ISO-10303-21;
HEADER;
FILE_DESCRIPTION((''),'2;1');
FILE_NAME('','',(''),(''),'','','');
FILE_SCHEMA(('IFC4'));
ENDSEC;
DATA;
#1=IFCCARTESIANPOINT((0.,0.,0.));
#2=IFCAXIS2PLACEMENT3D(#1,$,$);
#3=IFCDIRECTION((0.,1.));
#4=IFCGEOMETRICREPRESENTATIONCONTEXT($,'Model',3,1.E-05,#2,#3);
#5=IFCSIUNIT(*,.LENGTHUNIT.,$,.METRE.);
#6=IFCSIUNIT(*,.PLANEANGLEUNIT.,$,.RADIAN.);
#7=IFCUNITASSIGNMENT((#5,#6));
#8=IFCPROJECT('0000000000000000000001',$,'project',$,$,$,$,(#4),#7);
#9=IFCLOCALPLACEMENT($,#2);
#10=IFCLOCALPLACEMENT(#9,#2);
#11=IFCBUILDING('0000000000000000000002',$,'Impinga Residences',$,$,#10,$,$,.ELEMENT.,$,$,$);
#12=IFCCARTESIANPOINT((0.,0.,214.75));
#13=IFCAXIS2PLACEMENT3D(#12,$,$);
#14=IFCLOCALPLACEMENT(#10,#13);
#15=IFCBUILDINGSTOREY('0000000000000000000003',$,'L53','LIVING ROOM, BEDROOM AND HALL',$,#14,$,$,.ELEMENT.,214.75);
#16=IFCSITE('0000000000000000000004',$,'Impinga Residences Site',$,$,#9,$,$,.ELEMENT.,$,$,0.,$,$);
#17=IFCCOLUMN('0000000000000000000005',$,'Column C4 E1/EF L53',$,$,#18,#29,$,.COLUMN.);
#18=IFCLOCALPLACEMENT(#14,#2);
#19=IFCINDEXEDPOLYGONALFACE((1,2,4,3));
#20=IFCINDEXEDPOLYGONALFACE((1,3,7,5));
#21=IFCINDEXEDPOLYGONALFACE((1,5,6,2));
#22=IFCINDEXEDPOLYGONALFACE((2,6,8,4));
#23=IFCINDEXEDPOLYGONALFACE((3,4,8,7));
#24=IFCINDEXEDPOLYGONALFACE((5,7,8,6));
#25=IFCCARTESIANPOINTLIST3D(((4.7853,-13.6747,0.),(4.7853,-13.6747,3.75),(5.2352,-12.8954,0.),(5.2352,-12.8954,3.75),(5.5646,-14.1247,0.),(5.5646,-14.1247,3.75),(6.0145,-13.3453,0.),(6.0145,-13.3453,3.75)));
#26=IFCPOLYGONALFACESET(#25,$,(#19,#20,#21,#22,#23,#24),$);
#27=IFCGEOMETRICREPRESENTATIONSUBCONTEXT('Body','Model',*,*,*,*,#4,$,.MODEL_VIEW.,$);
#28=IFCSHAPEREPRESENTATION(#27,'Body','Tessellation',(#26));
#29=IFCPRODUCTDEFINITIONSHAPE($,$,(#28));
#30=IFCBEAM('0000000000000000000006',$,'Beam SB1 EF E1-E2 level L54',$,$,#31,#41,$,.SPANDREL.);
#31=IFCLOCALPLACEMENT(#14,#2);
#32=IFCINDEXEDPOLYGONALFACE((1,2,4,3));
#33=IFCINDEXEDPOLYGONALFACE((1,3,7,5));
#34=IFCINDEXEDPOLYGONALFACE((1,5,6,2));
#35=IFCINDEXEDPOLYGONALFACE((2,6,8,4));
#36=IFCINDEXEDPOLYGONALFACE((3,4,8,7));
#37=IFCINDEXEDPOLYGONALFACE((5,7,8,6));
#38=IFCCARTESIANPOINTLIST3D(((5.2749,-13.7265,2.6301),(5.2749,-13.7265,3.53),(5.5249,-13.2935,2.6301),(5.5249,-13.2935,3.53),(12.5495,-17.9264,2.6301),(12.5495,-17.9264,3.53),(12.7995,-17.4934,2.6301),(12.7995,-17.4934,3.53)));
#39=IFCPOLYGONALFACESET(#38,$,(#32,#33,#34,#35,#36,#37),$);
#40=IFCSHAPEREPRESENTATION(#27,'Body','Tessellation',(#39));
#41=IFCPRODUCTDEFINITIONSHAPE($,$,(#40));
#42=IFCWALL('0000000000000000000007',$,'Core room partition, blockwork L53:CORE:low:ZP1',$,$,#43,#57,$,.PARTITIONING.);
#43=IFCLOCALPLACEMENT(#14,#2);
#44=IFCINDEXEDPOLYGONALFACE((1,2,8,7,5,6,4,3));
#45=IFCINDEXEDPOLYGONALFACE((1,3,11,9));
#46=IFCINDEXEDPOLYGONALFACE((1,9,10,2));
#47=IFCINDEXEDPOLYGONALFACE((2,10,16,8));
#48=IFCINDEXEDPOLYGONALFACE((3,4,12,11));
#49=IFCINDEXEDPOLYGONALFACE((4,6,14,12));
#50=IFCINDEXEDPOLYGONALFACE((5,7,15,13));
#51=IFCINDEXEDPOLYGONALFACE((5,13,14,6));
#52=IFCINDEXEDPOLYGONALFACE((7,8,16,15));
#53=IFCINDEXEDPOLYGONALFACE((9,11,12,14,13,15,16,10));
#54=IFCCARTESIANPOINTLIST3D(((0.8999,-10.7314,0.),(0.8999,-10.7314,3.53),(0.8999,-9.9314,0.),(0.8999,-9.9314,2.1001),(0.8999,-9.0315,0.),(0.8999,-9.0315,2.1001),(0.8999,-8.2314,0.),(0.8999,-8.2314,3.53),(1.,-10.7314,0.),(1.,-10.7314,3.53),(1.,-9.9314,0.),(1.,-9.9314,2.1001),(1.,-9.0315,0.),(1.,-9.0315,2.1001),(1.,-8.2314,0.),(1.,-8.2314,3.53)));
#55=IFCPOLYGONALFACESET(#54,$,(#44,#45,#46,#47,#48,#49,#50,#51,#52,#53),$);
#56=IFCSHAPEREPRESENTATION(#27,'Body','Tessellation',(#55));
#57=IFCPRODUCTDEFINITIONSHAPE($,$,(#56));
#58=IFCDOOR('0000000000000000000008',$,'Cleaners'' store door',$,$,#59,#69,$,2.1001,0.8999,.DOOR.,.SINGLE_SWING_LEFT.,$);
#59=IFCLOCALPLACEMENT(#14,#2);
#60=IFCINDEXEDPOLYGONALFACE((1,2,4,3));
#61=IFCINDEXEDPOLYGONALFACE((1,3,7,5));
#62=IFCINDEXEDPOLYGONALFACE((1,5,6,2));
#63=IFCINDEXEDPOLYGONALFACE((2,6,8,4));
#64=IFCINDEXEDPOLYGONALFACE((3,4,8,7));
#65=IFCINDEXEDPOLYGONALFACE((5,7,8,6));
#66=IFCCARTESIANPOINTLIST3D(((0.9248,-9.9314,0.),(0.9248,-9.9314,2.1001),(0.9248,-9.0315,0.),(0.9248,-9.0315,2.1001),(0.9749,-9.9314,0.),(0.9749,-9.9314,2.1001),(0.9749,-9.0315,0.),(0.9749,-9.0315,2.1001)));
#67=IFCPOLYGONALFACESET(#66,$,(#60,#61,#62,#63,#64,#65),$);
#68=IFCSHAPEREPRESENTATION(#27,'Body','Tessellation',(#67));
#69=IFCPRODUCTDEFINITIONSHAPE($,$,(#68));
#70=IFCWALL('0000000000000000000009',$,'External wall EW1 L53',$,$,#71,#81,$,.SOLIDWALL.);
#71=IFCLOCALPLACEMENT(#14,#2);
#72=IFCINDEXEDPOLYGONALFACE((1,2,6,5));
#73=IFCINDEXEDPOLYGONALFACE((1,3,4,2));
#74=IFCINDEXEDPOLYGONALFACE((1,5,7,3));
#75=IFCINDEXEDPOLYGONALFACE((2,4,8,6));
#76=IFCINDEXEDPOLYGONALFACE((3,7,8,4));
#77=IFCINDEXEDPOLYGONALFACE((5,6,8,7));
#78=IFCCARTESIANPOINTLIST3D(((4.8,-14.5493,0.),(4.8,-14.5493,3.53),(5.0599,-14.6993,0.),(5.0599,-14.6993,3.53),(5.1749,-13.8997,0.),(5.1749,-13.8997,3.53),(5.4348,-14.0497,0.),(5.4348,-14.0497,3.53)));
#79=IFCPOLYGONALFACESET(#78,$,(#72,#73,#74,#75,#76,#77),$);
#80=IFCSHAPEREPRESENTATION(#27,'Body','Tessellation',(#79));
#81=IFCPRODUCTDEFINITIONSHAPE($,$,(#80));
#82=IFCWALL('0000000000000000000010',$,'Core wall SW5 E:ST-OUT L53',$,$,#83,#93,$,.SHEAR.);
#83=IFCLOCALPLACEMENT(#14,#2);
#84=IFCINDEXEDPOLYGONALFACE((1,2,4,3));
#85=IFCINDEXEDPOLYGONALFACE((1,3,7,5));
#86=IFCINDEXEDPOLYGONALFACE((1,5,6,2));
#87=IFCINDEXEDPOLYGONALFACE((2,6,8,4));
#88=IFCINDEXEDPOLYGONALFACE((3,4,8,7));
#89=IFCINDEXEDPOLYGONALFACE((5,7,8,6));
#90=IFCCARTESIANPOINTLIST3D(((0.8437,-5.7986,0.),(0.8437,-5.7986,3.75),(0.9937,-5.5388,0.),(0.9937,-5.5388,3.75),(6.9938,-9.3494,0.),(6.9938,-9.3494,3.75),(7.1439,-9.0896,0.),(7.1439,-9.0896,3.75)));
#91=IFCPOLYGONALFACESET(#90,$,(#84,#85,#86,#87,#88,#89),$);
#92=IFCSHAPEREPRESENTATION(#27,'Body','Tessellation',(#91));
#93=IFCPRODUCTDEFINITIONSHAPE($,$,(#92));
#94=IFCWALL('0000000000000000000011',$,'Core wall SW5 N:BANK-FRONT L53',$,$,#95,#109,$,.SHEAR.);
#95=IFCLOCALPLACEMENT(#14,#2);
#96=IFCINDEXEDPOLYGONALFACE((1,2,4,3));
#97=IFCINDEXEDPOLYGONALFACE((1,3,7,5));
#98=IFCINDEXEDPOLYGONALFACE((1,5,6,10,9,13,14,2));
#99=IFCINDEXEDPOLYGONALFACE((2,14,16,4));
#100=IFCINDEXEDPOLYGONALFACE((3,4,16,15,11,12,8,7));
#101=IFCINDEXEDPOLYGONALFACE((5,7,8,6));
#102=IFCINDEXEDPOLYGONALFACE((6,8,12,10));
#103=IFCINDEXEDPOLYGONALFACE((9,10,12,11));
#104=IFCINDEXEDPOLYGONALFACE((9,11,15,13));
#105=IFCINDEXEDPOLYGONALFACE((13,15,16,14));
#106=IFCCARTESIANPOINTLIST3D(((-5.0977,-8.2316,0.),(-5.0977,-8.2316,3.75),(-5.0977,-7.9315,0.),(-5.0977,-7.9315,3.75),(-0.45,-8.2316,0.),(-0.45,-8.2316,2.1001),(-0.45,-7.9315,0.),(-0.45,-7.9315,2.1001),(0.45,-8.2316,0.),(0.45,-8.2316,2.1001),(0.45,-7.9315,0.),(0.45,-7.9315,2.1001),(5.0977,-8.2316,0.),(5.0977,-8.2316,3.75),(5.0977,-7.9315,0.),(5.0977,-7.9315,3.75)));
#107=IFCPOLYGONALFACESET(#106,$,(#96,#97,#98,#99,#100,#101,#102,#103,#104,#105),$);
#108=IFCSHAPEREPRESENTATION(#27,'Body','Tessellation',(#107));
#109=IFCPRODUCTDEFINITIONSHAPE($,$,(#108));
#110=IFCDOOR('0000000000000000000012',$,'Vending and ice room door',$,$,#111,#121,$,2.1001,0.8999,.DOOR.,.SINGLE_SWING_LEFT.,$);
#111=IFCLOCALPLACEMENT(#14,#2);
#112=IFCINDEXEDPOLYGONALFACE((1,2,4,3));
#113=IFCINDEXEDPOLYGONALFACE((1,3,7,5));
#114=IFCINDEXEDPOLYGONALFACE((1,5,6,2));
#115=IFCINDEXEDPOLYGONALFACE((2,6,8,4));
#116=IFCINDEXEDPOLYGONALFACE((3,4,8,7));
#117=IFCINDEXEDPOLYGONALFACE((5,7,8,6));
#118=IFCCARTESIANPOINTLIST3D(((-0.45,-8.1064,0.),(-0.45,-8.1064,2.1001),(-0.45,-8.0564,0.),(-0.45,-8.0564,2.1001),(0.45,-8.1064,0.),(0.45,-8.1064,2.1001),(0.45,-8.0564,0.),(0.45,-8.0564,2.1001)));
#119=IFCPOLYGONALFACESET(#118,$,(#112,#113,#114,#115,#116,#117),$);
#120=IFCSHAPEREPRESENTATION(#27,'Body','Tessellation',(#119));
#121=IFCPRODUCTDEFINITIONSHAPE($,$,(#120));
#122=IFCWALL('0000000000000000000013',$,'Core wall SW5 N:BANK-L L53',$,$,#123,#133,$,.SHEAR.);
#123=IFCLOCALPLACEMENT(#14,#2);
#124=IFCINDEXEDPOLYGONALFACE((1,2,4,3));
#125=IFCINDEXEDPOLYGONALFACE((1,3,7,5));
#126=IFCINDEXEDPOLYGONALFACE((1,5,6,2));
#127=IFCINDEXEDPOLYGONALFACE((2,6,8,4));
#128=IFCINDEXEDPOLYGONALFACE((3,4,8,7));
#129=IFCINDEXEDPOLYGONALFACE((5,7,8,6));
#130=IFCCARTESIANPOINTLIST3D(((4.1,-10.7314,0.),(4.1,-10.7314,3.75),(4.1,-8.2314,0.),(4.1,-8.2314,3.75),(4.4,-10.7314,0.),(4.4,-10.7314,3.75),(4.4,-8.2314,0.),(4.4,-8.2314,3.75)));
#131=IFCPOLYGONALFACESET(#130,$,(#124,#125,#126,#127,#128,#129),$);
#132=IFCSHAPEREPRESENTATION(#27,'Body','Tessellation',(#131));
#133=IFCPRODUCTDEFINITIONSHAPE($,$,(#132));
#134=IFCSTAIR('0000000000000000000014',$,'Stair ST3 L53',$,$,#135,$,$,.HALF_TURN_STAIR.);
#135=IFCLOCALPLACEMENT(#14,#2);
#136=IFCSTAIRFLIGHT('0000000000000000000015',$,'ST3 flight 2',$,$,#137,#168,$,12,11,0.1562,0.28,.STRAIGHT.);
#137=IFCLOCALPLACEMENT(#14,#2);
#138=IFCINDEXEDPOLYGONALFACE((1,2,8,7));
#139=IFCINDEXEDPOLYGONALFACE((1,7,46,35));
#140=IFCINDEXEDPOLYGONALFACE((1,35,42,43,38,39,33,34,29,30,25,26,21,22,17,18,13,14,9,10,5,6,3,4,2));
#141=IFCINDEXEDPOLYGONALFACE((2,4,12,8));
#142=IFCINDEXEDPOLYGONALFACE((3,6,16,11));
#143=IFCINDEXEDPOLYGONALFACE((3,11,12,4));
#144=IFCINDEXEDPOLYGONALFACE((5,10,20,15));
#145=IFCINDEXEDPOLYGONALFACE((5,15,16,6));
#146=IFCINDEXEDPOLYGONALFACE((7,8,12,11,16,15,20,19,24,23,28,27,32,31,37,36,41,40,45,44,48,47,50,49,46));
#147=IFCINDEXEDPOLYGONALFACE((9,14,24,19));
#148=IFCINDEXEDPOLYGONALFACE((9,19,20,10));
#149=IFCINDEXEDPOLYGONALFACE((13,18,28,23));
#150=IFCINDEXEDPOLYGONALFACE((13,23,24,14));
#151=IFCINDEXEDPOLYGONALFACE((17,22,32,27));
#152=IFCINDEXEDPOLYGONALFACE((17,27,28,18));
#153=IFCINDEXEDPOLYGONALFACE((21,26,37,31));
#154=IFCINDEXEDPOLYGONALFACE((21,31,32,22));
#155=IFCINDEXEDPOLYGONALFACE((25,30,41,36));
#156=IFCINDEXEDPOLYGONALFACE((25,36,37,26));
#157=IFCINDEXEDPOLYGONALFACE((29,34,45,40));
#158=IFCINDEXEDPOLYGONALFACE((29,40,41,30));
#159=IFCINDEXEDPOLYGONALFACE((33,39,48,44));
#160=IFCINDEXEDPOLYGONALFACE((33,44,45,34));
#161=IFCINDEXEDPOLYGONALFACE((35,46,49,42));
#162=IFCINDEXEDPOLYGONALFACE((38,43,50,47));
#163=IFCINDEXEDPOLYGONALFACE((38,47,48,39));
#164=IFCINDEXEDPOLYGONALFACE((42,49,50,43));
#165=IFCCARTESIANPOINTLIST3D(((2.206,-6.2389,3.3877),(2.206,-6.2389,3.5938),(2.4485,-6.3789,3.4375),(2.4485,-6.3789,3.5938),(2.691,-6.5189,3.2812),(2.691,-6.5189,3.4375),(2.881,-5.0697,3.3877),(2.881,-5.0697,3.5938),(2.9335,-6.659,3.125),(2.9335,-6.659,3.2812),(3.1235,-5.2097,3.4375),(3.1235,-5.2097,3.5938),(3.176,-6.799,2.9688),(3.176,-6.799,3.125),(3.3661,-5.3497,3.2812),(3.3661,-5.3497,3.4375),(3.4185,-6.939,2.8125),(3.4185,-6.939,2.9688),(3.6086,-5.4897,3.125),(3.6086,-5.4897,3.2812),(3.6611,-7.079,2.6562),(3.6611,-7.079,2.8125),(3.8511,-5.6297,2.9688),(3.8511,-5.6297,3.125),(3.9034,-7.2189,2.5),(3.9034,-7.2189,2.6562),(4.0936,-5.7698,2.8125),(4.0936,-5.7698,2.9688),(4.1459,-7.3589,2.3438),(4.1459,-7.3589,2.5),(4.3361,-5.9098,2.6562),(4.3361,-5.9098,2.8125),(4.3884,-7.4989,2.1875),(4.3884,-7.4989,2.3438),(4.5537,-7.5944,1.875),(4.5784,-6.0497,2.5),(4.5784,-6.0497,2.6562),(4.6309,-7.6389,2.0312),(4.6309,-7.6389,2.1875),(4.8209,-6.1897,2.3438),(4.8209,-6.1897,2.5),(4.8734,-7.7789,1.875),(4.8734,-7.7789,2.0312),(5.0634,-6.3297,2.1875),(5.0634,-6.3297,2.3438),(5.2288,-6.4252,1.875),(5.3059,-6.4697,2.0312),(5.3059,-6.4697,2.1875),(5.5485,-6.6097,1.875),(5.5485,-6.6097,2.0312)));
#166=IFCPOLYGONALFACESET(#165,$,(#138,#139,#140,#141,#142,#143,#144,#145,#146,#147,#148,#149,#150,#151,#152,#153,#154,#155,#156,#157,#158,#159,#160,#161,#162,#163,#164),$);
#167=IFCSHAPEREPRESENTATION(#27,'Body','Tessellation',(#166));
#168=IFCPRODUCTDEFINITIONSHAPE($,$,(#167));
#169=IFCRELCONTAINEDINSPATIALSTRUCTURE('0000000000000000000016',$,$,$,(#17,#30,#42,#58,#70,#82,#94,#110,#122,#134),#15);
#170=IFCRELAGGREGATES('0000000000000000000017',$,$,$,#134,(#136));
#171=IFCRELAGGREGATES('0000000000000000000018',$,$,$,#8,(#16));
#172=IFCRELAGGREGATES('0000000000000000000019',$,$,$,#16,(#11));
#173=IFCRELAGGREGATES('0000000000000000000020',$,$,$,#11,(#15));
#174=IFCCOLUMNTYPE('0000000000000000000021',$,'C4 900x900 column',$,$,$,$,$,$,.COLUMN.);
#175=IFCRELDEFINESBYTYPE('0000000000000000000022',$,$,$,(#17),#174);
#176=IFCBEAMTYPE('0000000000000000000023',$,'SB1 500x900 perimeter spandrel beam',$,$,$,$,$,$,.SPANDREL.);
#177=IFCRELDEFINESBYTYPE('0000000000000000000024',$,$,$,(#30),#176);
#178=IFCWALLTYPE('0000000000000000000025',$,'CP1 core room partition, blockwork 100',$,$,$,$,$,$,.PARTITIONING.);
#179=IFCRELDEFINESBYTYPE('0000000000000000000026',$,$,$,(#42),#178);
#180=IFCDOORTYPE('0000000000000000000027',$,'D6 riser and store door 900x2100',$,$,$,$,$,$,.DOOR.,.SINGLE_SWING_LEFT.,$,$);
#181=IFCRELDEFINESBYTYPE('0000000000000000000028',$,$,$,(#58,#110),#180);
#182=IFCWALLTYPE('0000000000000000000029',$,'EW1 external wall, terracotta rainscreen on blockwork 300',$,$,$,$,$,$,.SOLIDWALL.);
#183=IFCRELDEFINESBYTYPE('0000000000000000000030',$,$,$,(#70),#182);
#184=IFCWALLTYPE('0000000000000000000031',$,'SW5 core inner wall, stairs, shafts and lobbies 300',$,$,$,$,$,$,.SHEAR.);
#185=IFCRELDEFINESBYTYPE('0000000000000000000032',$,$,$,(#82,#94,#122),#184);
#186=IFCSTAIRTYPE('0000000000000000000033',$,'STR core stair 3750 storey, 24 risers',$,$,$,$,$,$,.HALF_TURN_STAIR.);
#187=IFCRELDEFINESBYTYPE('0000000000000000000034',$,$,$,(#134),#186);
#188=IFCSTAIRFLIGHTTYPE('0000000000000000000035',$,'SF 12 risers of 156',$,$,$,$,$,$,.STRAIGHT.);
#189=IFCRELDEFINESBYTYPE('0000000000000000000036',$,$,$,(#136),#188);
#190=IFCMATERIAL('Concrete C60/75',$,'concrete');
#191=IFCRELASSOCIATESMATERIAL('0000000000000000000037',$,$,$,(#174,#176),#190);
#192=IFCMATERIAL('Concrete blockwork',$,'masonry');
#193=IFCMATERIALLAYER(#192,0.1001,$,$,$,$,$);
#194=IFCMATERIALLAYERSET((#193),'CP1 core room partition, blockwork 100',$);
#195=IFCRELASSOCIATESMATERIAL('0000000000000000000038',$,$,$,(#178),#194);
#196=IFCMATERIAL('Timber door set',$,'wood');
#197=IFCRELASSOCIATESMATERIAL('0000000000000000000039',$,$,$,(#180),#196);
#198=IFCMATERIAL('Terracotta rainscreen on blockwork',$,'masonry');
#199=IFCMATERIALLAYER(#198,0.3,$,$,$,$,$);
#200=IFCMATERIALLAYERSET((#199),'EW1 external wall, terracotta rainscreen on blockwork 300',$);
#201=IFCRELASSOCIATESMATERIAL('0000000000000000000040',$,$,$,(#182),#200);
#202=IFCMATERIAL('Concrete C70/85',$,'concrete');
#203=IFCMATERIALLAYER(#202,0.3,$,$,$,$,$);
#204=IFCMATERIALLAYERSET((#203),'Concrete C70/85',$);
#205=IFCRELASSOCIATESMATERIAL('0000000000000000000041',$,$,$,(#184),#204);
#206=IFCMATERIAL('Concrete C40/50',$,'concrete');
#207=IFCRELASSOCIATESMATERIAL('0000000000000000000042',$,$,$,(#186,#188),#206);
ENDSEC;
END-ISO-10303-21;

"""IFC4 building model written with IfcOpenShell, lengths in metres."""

from ifc_helpers import new_model, si_unit, direction, frame, frame_2d, origin, origin_2d, place, context, subcontext, project, spatial, polyline, rectangle, outline, extrude, material, layer, layer_set, material_profile, profile_set, type_object, element, fill, aggregate, save


model = new_model("IFC4")

# Units and contexts
model_context = context("Model", 3, precision=1e-05, world=origin(), true_north=direction((0.0, 1.0)))
body_context = subcontext(model_context, "Body", "Model", "MODEL_VIEW")
ifc_project = project(units=[si_unit("LENGTHUNIT", "METRE"), si_unit("PLANEANGLEUNIT", "RADIAN")], contexts=[model_context])

# Site, building, storey
site_placement = place(None, origin())
site = spatial("IfcSite", under=ifc_project, at=site_placement, Name="Impinga Residences Site", CompositionType="ELEMENT", RefElevation=0.0)
building_placement = place(site_placement, origin())
building = spatial("IfcBuilding", under=site, at=building_placement, Name="Impinga Residences", CompositionType="ELEMENT")
storey_placement = place(building_placement, frame((0.0, 0.0, 214.75)))
storey = spatial("IfcBuildingStorey", under=building, at=storey_placement, Name="L53", Description="LIVING ROOM, BEDROOM AND HALL", CompositionType="ELEMENT", Elevation=214.75)

# Column
ifc_material_1 = material(Name="Concrete C60/75", Category="concrete")
ifc_material_profile_1 = material_profile(ifc_material_1, rectangle(XDim=0.8999, YDim=0.8999, at=origin_2d()), Name="RC 900x900")
ifc_profile_set_1 = profile_set([ifc_material_profile_1], Name="Concrete C60/75")
column_type = type_object("IfcColumnType", Name="C4 900x900 column", PredefinedType="COLUMN", material=ifc_profile_set_1)
column_placement = place(storey_placement, frame((5.3999, -13.51, 0.0), z_axis=(0.0, 0.0, 1.0), x_axis=(-0.5, -0.866025, 0.0)))
element("IfcColumn", 1, at=column_placement, inside=storey, type_object=column_type, Name="Column C4 E1/EF L53", PredefinedType="COLUMN", context=body_context, shape_type="SweptSolid", body=[
    extrude(rectangle(XDim=0.8999, YDim=0.8999, at=origin_2d()), origin(), (0.0, 0.0, 1.0), 3.75),
])

# Beam
ifc_material_profile_2 = material_profile(ifc_material_1, rectangle(XDim=0.5, YDim=0.8999, at=origin_2d()), Name="RC 500x900")
ifc_profile_set_2 = profile_set([ifc_material_profile_2], Name="Concrete C60/75")
beam_type = type_object("IfcBeamType", Name="SB1 500x900 perimeter spandrel beam", PredefinedType="SPANDREL", material=ifc_profile_set_2)
beam_placement = place(storey_placement, frame((5.3999, -13.51, 3.0801), z_axis=(0.866029, -0.499993, 0.0), x_axis=(0.499993, 0.866029, 0.0)))
element("IfcBeam", 2, at=beam_placement, inside=storey, type_object=beam_type, Name="Beam SB1 EF E1-E2 level L54", PredefinedType="SPANDREL", context=body_context, shape_type="SweptSolid", body=[
    extrude(rectangle(XDim=0.5, YDim=0.8999, at=origin_2d()), origin(), (0.0, 0.0, 1.0), 8.3999),
])

# Wall, opening, door
ifc_material_2 = material(Name="Concrete blockwork", Category="masonry")
ifc_layer_1 = layer(ifc_material_2, 0.1001)
ifc_layer_set_1 = layer_set([ifc_layer_1], Name="CP1 core room partition, blockwork 100")
wall_type_1 = type_object("IfcWallType", Name="CP1 core room partition, blockwork 100", PredefinedType="PARTITIONING", material=ifc_layer_set_1)
wall_1_placement = place(storey_placement, frame((0.95, -8.2314, 0.0), z_axis=(0.0, 0.0, 1.0), x_axis=(0.0, -1.0, 0.0)))
wall_1 = element("IfcWall", 3, at=wall_1_placement, inside=storey, type_object=wall_type_1, Name="Core room partition, blockwork L53:CORE:low:ZP1", PredefinedType="PARTITIONING", context=body_context, shape_type="SweptSolid", body=[
    extrude(rectangle(XDim=2.5, YDim=0.1001, at=frame_2d((1.25, 0.0))), origin(), (0.0, 0.0, 1.0), 3.53),
])
opening_1_placement = place(wall_1_placement, frame((0.8, 0.0, 0.0)))
opening_1 = element("IfcOpeningElement", 4, at=opening_1_placement, cuts=wall_1, PredefinedType="OPENING", context=body_context, shape_type="SweptSolid", body=[
    extrude(rectangle(XDim=0.8999, YDim=2.1001, at=frame_2d((0.45, 1.05))), frame((0.0, 0.0601, 0.0), z_axis=(0.0, -1.0, 0.0), x_axis=(1.0, 0.0, 0.0)), (0.0, 0.0, 1.0), 0.1201),
])
ifc_material_3 = material(Name="Timber door set", Category="wood")
door_type = type_object("IfcDoorType", Name="D6 riser and store door 900x2100", OperationType="SINGLE_SWING_LEFT", PredefinedType="DOOR", material=ifc_material_3)
door_1_placement = place(opening_1_placement, origin())
door_1 = element("IfcDoor", 5, at=door_1_placement, inside=storey, type_object=door_type, Name="Cleaners' store door", OperationType="SINGLE_SWING_LEFT", OverallHeight=2.1001, OverallWidth=0.8999, PredefinedType="DOOR", context=body_context, shape_type="SweptSolid", body=[
    extrude(rectangle(XDim=0.8999, YDim=2.1001, at=frame_2d((0.45, 1.05))), frame((0.0, 0.0249, 0.0), z_axis=(0.0, -1.0, 0.0), x_axis=(1.0, 0.0, 0.0)), (0.0, 0.0, 1.0), 0.05),
])
fill(opening_1, door_1)

# Walls
ifc_material_4 = material(Name="Terracotta rainscreen on blockwork", Category="masonry")
ifc_layer_2 = layer(ifc_material_4, 0.3)
ifc_layer_set_2 = layer_set([ifc_layer_2], Name="EW1 external wall, terracotta rainscreen on blockwork 300")
wall_type_2 = type_object("IfcWallType", Name="EW1 external wall, terracotta rainscreen on blockwork 300", PredefinedType="SOLIDWALL", material=ifc_layer_set_2)
wall_2_placement = place(storey_placement, frame((4.9299, -14.6243, 0.0), z_axis=(0.0, 0.0, 1.0), x_axis=(0.49992, 0.866072, 0.0)))
element("IfcWall", 6, at=wall_2_placement, inside=storey, type_object=wall_type_2, Name="External wall EW1 L53", PredefinedType="SOLIDWALL", context=body_context, shape_type="SweptSolid", body=[
    extrude(rectangle(XDim=0.75, YDim=0.3, at=frame_2d((0.375, 0.0))), origin(), (0.0, 0.0, 1.0), 3.53),
])
ifc_material_5 = material(Name="Concrete C70/85", Category="concrete")
ifc_layer_3 = layer(ifc_material_5, 0.3)
ifc_layer_set_3 = layer_set([ifc_layer_3], Name="Concrete C70/85")
wall_type_3 = type_object("IfcWallType", Name="SW5 core inner wall, stairs, shafts and lobbies 300", PredefinedType="SHEAR", material=ifc_layer_set_3)
wall_3_placement = place(storey_placement, frame((0.9187, -5.6687, 0.0), z_axis=(0.0, 0.0, 1.0), x_axis=(0.866026, -0.499999, 0.0)))
element("IfcWall", 7, at=wall_3_placement, inside=storey, type_object=wall_type_3, Name="Core wall SW5 E:ST-OUT L53", PredefinedType="SHEAR", context=body_context, shape_type="SweptSolid", body=[
    extrude(rectangle(XDim=7.1016, YDim=0.3, at=frame_2d((3.5508, 0.0))), origin(), (0.0, 0.0, 1.0), 3.75),
])

# Wall, opening, door
wall_4_placement = place(storey_placement, frame((5.0977, -8.0815, 0.0), z_axis=(0.0, 0.0, 1.0), x_axis=(-1.0, 0.0, 0.0)))
wall_4 = element("IfcWall", 8, at=wall_4_placement, inside=storey, type_object=wall_type_3, Name="Core wall SW5 N:BANK-FRONT L53", PredefinedType="SHEAR", context=body_context, shape_type="SweptSolid", body=[
    extrude(rectangle(XDim=10.1953, YDim=0.3, at=frame_2d((5.0977, 0.0))), origin(), (0.0, 0.0, 1.0), 3.75),
])
opening_2_placement = place(wall_4_placement, frame((4.6477, 0.0, 0.0)))
opening_2 = element("IfcOpeningElement", 9, at=opening_2_placement, cuts=wall_4, PredefinedType="OPENING", context=body_context, shape_type="SweptSolid", body=[
    extrude(rectangle(XDim=0.8999, YDim=2.1001, at=frame_2d((0.45, 1.05))), frame((0.0, 0.1599, 0.0), z_axis=(0.0, -1.0, 0.0), x_axis=(1.0, 0.0, 0.0)), (0.0, 0.0, 1.0), 0.3201),
])
door_2_placement = place(opening_2_placement, origin())
door_2 = element("IfcDoor", 10, at=door_2_placement, inside=storey, type_object=door_type, Name="Vending and ice room door", OperationType="SINGLE_SWING_LEFT", OverallHeight=2.1001, OverallWidth=0.8999, PredefinedType="DOOR", context=body_context, shape_type="SweptSolid", body=[
    extrude(rectangle(XDim=0.8999, YDim=2.1001, at=frame_2d((0.45, 1.05))), frame((0.0, 0.0249, 0.0), z_axis=(0.0, -1.0, 0.0), x_axis=(1.0, 0.0, 0.0)), (0.0, 0.0, 1.0), 0.05),
])
fill(opening_2, door_2)

# Wall
wall_5_placement = place(storey_placement, frame((4.25, -8.2314, 0.0), z_axis=(0.0, 0.0, 1.0), x_axis=(0.0, -1.0, 0.0)))
element("IfcWall", 11, at=wall_5_placement, inside=storey, type_object=wall_type_3, Name="Core wall SW5 N:BANK-L L53", PredefinedType="SHEAR", context=body_context, shape_type="SweptSolid", body=[
    extrude(rectangle(XDim=2.5, YDim=0.3, at=frame_2d((1.25, 0.0))), origin(), (0.0, 0.0, 1.0), 3.75),
])

# Stair, stair flight
ifc_material_6 = material(Name="Concrete C40/50", Category="concrete")
stair_type = type_object("IfcStairType", Name="STR core stair 3750 storey, 24 risers", PredefinedType="HALF_TURN_STAIR", material=ifc_material_6)
stair_placement = place(storey_placement, origin())
stair = element("IfcStair", 12, at=stair_placement, inside=storey, type_object=stair_type, Name="Stair ST3 L53", PredefinedType="HALF_TURN_STAIR")
stair_flight_type = type_object("IfcStairFlightType", Name="SF 12 risers of 156", PredefinedType="STRAIGHT", material=ifc_material_6)
stair_flight_placement = place(storey_placement, frame((5.2109, -7.1943, 1.875), z_axis=(0.0, 0.0, 1.0), x_axis=(-0.866025, 0.5, 0.0)))
stair_flight = element("IfcStairFlight", 13, at=stair_flight_placement, type_object=stair_flight_type, Name="ST3 flight 2", NumberOfRisers=12, NumberOfTreads=11, PredefinedType="STRAIGHT", RiserHeight=0.1562, TreadLength=0.28, context=body_context, shape_type="SweptSolid", body=[
    extrude(outline(polyline([(0.0, 0.0), (0.0, 0.1562), (0.28, 0.1562), (0.28, 0.3125), (0.5601, 0.3125), (0.5601, 0.4688), (0.8401, 0.4688), (0.8401, 0.625), (1.1201, 0.625), (1.1201, 0.7812), (1.3999, 0.7812), (1.3999, 0.9375), (1.6799, 0.9375), (1.6799, 1.0938), (1.96, 1.0938), (1.96, 1.25), (2.24, 1.25), (2.24, 1.4062), (2.52, 1.4062), (2.52, 1.5625), (2.8, 1.5625), (2.8, 1.7188), (3.0801, 1.7188), (3.0801, 1.875), (3.0801, 1.5127), (0.3691, 0.0), (0.0, 0.0)])), frame((0.0, 0.675, 0.0), z_axis=(0.0, -1.0, 0.0), x_axis=(1.0, 0.0, 0.0)), (0.0, 0.0, 1.0), 1.3501),
])
aggregate(stair, [stair_flight])

save(model, "model.ifc")
